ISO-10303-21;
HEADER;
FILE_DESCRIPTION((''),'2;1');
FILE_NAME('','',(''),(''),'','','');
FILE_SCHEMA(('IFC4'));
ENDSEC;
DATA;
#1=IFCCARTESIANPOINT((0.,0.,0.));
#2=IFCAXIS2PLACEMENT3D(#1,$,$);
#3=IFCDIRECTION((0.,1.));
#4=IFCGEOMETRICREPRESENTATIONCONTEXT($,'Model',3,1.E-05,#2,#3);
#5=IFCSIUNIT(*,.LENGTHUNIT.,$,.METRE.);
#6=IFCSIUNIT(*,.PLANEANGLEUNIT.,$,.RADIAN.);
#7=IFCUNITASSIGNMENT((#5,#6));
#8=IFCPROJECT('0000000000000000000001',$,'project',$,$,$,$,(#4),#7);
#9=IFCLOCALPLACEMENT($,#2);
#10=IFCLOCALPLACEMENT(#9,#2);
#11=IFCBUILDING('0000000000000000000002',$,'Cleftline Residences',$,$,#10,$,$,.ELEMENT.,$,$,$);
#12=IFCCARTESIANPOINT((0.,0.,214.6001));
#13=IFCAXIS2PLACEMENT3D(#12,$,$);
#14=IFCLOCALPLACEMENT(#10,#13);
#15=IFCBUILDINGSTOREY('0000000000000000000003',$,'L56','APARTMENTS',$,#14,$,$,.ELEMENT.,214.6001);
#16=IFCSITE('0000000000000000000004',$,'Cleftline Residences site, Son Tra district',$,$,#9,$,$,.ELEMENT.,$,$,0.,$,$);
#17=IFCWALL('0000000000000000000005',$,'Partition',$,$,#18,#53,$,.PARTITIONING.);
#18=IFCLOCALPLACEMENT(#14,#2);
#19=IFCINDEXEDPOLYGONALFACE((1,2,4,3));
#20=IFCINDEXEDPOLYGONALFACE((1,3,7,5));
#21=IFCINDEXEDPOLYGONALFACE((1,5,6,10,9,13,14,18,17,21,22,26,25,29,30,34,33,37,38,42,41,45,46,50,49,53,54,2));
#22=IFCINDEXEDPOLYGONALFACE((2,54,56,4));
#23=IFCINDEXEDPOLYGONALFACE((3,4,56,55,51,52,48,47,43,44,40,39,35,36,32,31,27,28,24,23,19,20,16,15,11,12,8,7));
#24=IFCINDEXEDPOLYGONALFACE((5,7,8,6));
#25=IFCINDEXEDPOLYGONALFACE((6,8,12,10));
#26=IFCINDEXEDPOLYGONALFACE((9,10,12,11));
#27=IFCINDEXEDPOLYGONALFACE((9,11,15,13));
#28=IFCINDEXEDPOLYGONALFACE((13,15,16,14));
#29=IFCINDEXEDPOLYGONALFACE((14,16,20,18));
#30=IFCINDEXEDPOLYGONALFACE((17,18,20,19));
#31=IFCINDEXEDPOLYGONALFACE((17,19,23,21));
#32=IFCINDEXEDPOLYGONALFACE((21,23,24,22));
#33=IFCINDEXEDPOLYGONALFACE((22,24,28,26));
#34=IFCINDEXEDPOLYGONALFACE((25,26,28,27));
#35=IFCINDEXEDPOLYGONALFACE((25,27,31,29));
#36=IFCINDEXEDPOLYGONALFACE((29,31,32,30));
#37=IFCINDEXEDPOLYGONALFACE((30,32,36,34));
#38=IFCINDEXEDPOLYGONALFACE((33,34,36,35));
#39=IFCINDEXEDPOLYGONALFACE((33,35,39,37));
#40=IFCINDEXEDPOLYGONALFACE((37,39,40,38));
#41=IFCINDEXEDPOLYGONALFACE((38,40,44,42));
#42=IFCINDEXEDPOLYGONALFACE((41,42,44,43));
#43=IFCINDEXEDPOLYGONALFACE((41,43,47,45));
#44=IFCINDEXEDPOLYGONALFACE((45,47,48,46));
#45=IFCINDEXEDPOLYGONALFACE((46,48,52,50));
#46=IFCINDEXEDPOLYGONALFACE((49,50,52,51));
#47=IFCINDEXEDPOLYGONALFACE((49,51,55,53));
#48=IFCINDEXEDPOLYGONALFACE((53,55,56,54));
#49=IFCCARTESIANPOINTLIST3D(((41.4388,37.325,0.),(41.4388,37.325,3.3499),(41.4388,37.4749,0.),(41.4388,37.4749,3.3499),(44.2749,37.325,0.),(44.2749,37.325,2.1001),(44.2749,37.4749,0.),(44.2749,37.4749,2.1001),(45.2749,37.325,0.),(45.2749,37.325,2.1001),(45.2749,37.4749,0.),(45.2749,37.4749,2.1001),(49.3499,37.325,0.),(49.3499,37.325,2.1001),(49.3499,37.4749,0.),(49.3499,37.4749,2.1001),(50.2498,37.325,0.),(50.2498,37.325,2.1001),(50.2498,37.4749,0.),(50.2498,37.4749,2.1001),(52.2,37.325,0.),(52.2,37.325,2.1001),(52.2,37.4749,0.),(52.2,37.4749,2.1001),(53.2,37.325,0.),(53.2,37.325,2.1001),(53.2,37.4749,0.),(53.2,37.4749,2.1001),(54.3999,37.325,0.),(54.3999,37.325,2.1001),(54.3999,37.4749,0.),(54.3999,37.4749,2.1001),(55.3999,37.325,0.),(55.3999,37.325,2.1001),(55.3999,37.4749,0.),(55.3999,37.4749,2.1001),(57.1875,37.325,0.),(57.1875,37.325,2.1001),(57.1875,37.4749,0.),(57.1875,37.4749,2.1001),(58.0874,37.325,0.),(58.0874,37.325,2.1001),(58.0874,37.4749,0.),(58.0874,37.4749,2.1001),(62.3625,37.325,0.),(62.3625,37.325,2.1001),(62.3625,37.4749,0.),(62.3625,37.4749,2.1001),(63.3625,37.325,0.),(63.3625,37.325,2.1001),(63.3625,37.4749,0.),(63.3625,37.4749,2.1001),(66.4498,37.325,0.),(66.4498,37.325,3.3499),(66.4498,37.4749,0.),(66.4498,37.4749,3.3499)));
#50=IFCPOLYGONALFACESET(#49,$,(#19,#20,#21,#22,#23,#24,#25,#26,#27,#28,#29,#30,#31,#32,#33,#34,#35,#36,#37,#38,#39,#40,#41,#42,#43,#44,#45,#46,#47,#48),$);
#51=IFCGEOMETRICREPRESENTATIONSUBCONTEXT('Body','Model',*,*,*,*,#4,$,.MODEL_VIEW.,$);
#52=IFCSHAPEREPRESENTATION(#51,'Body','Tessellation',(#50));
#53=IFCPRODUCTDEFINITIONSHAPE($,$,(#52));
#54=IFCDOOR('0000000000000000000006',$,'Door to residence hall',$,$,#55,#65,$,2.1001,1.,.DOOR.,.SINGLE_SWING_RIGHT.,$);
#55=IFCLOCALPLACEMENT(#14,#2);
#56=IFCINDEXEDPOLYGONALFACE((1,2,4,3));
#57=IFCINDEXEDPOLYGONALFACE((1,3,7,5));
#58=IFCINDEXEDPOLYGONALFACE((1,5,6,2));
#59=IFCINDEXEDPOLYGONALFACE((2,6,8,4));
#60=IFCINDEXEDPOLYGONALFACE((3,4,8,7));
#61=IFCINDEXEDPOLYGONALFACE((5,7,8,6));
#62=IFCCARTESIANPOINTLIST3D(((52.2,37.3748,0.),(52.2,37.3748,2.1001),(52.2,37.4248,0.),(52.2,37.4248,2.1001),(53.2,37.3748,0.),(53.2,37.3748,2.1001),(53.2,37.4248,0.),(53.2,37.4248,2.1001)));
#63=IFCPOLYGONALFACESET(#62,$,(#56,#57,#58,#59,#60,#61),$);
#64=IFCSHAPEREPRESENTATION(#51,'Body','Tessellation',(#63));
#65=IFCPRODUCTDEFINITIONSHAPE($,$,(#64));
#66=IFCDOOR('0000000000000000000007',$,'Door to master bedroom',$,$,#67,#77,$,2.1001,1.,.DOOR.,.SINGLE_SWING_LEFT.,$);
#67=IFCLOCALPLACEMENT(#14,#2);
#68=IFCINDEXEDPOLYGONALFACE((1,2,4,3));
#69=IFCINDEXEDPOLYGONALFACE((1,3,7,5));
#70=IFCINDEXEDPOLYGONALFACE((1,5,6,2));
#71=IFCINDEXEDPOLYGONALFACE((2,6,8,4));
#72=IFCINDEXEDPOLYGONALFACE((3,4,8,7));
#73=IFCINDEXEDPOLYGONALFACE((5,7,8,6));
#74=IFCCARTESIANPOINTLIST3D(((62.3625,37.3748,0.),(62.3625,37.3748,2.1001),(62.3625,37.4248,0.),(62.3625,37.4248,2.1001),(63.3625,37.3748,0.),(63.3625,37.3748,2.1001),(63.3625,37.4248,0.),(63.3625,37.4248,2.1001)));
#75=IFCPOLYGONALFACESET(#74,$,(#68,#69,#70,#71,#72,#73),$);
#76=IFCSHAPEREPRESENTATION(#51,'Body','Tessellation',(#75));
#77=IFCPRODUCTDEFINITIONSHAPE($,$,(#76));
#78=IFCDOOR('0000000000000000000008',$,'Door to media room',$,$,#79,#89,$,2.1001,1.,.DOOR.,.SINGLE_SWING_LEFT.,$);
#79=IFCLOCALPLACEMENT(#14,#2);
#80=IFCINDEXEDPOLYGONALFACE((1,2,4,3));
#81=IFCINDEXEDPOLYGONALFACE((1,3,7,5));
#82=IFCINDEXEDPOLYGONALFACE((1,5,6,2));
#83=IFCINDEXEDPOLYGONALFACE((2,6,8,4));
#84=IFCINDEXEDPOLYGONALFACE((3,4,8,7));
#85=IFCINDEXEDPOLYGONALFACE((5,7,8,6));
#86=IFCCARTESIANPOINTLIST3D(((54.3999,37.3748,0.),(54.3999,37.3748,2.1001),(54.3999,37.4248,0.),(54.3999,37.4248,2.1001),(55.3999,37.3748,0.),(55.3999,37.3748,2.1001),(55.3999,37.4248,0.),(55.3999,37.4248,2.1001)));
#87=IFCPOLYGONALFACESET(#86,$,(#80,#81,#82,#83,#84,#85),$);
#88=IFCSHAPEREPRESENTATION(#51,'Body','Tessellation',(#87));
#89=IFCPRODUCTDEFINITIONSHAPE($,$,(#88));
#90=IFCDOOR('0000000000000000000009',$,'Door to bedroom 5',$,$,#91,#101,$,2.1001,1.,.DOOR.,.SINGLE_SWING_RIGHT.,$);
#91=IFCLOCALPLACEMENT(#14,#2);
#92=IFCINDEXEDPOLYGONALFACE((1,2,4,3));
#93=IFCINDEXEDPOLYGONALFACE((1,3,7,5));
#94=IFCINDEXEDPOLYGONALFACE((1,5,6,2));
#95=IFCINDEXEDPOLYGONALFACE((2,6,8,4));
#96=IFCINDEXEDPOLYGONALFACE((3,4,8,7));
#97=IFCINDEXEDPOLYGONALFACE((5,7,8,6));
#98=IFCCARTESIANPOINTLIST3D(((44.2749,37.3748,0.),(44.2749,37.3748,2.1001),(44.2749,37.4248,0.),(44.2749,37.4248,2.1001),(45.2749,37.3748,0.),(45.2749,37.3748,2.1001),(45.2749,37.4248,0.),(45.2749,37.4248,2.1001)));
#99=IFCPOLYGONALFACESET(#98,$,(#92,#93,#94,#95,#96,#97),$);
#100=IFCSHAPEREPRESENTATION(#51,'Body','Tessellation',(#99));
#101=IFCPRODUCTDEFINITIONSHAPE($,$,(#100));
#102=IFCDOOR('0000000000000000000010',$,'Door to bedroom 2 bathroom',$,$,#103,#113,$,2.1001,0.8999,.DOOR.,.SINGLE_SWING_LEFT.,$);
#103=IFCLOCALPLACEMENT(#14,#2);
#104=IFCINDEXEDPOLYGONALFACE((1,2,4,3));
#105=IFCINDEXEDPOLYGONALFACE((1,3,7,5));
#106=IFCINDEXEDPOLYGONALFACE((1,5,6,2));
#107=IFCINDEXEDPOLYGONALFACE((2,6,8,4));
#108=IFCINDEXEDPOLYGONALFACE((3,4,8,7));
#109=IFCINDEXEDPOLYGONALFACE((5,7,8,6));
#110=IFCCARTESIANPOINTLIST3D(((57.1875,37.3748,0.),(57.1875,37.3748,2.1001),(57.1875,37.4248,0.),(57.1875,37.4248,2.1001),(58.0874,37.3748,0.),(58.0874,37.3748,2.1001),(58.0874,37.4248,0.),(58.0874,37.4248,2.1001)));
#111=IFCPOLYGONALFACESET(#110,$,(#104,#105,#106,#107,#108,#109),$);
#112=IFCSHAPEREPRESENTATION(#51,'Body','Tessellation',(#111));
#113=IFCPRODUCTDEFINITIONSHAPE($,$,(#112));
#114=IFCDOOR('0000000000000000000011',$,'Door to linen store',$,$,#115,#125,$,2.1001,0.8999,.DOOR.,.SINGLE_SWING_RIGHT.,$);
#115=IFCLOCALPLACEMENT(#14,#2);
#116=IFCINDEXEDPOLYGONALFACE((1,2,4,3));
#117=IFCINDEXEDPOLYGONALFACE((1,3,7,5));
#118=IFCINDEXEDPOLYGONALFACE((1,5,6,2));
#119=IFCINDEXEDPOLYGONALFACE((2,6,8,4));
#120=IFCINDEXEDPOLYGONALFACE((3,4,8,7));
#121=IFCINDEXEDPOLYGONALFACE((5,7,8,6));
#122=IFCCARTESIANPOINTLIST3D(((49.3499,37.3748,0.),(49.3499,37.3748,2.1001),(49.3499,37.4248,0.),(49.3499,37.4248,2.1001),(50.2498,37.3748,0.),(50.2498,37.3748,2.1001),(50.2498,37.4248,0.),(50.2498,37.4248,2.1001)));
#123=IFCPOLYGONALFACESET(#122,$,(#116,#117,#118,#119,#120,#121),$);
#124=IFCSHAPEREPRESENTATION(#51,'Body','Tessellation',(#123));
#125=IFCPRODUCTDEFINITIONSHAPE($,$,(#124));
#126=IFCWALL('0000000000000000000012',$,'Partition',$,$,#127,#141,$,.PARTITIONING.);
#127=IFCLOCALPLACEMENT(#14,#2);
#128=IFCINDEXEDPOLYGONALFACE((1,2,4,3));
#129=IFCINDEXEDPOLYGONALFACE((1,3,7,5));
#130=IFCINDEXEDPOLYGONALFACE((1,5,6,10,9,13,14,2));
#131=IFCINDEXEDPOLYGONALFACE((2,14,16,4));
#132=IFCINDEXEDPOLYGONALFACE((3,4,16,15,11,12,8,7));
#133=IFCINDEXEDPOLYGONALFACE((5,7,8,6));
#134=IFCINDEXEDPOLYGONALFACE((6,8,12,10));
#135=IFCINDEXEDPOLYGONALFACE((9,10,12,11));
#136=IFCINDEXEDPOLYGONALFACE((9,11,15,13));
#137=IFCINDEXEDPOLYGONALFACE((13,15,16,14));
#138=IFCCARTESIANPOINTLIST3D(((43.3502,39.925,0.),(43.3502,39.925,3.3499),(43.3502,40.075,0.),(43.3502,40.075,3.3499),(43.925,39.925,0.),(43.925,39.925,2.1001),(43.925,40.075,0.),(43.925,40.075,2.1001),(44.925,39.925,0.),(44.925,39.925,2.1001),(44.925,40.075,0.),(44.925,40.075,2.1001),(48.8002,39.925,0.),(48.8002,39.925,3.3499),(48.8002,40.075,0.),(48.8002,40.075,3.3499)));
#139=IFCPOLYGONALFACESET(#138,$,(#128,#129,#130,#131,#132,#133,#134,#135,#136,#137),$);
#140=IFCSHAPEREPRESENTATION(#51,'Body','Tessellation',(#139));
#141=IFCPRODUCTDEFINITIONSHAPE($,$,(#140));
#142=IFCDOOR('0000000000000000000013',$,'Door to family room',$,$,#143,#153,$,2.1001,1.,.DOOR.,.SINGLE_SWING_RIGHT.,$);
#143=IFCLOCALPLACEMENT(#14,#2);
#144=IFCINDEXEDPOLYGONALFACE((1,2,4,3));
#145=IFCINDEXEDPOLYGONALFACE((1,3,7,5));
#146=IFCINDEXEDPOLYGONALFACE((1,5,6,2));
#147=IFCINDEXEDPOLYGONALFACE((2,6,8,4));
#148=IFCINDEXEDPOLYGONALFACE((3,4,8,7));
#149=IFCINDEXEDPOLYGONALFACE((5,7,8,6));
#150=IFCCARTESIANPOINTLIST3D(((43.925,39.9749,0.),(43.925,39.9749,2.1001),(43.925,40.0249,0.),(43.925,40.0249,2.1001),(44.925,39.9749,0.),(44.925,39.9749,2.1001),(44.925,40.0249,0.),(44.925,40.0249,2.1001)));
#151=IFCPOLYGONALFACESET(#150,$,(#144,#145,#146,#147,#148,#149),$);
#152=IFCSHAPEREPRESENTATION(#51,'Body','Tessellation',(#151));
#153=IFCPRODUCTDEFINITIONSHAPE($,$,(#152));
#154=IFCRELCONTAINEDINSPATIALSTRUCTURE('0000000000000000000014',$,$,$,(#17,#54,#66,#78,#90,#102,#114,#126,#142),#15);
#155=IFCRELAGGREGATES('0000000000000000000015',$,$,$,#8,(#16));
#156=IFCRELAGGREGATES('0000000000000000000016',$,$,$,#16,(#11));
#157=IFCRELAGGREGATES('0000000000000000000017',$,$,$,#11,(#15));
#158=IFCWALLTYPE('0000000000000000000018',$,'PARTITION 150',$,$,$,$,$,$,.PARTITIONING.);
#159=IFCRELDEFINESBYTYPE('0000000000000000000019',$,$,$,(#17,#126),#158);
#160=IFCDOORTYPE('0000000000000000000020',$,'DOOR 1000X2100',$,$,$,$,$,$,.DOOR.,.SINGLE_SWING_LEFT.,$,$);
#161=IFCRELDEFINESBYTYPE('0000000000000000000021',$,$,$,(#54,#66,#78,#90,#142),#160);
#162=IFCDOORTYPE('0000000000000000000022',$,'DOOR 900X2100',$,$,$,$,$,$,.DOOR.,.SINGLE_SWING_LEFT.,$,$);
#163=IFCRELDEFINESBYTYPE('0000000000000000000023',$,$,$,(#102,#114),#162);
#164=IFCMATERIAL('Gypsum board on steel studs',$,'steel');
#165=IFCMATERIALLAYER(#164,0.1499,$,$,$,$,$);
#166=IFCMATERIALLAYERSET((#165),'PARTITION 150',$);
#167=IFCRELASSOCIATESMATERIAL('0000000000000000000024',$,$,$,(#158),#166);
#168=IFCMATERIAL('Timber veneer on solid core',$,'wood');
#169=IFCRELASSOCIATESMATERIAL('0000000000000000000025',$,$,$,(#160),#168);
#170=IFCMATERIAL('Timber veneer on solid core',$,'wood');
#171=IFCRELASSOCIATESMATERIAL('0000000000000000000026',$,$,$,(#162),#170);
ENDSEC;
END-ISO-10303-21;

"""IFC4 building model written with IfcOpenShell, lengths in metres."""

from ifc_helpers import new_model, si_unit, direction, frame, frame_2d, origin, place, context, subcontext, project, spatial, rectangle, extrude, material, layer, layer_set, type_object, element, fill, save


model = new_model("IFC4")

# Units and contexts
model_context = context("Model", 3, precision=1e-05, world=origin(), true_north=direction((0.0, 1.0)))
body_context = subcontext(model_context, "Body", "Model", "MODEL_VIEW")
ifc_project = project(units=[si_unit("LENGTHUNIT", "METRE"), si_unit("PLANEANGLEUNIT", "RADIAN")], contexts=[model_context])

# Site, building, storey
site_placement = place(None, origin())
site = spatial("IfcSite", under=ifc_project, at=site_placement, Name="Cleftline Residences site, Son Tra district", CompositionType="ELEMENT", RefElevation=0.0)
building_placement = place(site_placement, origin())
building = spatial("IfcBuilding", under=site, at=building_placement, Name="Cleftline Residences", CompositionType="ELEMENT")
storey_placement = place(building_placement, frame((0.0, 0.0, 214.6001)))
storey = spatial("IfcBuildingStorey", under=building, at=storey_placement, Name="L56", Description="APARTMENTS", CompositionType="ELEMENT", Elevation=214.6001)

# Wall, openings, doors
ifc_material_1 = material(Name="Gypsum board on steel studs", Category="steel")
ifc_layer_1 = layer(ifc_material_1, 0.1499)
ifc_layer_set_1 = layer_set([ifc_layer_1], Name="PARTITION 150")
wall_type = type_object("IfcWallType", Name="PARTITION 150", PredefinedType="PARTITIONING", material=ifc_layer_set_1)
wall_1_placement = place(storey_placement, frame((41.439, 37.3999, 0.0), z_axis=(0.0, 0.0, 1.0), x_axis=(1.0, 0.0, 0.0)))
wall_1 = element("IfcWall", 1, at=wall_1_placement, inside=storey, type_object=wall_type, Name="Partition", PredefinedType="PARTITIONING", context=body_context, shape_type="SweptSolid", body=[
    extrude(rectangle(XDim=25.011, YDim=0.1499, at=frame_2d((12.5054, 0.0))), origin(), (0.0, 0.0, 1.0), 3.3499),
])
opening_1_placement = place(wall_1_placement, frame((10.761, 0.0, 0.0)))
opening_1 = element("IfcOpeningElement", 2, at=opening_1_placement, cuts=wall_1, PredefinedType="OPENING", context=body_context, shape_type="SweptSolid", body=[
    extrude(rectangle(XDim=1.0, YDim=2.1001, at=frame_2d((0.5, 1.05))), frame((0.0, 0.085, 0.0), z_axis=(0.0, -1.0, 0.0), x_axis=(1.0, 0.0, 0.0)), (0.0, 0.0, 1.0), 0.1699),
])
opening_2_placement = place(wall_1_placement, frame((20.9236, 0.0, 0.0)))
opening_2 = element("IfcOpeningElement", 3, at=opening_2_placement, cuts=wall_1, PredefinedType="OPENING", context=body_context, shape_type="SweptSolid", body=[
    extrude(rectangle(XDim=1.0, YDim=2.1001, at=frame_2d((0.5, 1.05))), frame((0.0, 0.085, 0.0), z_axis=(0.0, -1.0, 0.0), x_axis=(1.0, 0.0, 0.0)), (0.0, 0.0, 1.0), 0.1699),
])
opening_3_placement = place(wall_1_placement, frame((15.7485, 0.0, 0.0)))
opening_3 = element("IfcOpeningElement", 4, at=opening_3_placement, cuts=wall_1, PredefinedType="OPENING", context=body_context, shape_type="SweptSolid", body=[
    extrude(rectangle(XDim=0.8999, YDim=2.1001, at=frame_2d((0.45, 1.05))), frame((0.0, 0.085, 0.0), z_axis=(0.0, -1.0, 0.0), x_axis=(1.0, 0.0, 0.0)), (0.0, 0.0, 1.0), 0.1699),
])
opening_4_placement = place(wall_1_placement, frame((12.9609, 0.0, 0.0)))
opening_4 = element("IfcOpeningElement", 5, at=opening_4_placement, cuts=wall_1, PredefinedType="OPENING", context=body_context, shape_type="SweptSolid", body=[
    extrude(rectangle(XDim=1.0, YDim=2.1001, at=frame_2d((0.5, 1.05))), frame((0.0, 0.085, 0.0), z_axis=(0.0, -1.0, 0.0), x_axis=(1.0, 0.0, 0.0)), (0.0, 0.0, 1.0), 0.1699),
])
opening_5_placement = place(wall_1_placement, frame((7.9109, 0.0, 0.0)))
opening_5 = element("IfcOpeningElement", 6, at=opening_5_placement, cuts=wall_1, PredefinedType="OPENING", context=body_context, shape_type="SweptSolid", body=[
    extrude(rectangle(XDim=0.8999, YDim=2.1001, at=frame_2d((0.45, 1.05))), frame((0.0, 0.085, 0.0), z_axis=(0.0, -1.0, 0.0), x_axis=(1.0, 0.0, 0.0)), (0.0, 0.0, 1.0), 0.1699),
])
opening_6_placement = place(wall_1_placement, frame((2.8359, 0.0, 0.0)))
opening_6 = element("IfcOpeningElement", 7, at=opening_6_placement, cuts=wall_1, PredefinedType="OPENING", context=body_context, shape_type="SweptSolid", body=[
    extrude(rectangle(XDim=1.0, YDim=2.1001, at=frame_2d((0.5, 1.05))), frame((0.0, 0.085, 0.0), z_axis=(0.0, -1.0, 0.0), x_axis=(1.0, 0.0, 0.0)), (0.0, 0.0, 1.0), 0.1699),
])
ifc_material_2 = material(Name="Timber veneer on solid core", Category="wood")
door_type_1 = type_object("IfcDoorType", Name="DOOR 1000X2100", OperationType="SINGLE_SWING_LEFT", PredefinedType="DOOR", material=ifc_material_2)
door_1_placement = place(opening_1_placement, origin())
door_1 = element("IfcDoor", 8, at=door_1_placement, inside=storey, type_object=door_type_1, Name="Door to residence hall", OperationType="SINGLE_SWING_RIGHT", OverallHeight=2.1001, OverallWidth=1.0, PredefinedType="DOOR", context=body_context, shape_type="SweptSolid", body=[
    extrude(rectangle(XDim=1.0, YDim=2.1001, at=frame_2d((0.5, 1.05))), frame((0.0, 0.0249, 0.0), z_axis=(0.0, -1.0, 0.0), x_axis=(1.0, 0.0, 0.0)), (0.0, 0.0, 1.0), 0.05),
])
fill(opening_1, door_1)
door_2_placement = place(opening_2_placement, origin())
door_2 = element("IfcDoor", 9, at=door_2_placement, inside=storey, type_object=door_type_1, Name="Door to master bedroom", OperationType="SINGLE_SWING_LEFT", OverallHeight=2.1001, OverallWidth=1.0, PredefinedType="DOOR", context=body_context, shape_type="SweptSolid", body=[
    extrude(rectangle(XDim=1.0, YDim=2.1001, at=frame_2d((0.5, 1.05))), frame((0.0, 0.0249, 0.0), z_axis=(0.0, -1.0, 0.0), x_axis=(1.0, 0.0, 0.0)), (0.0, 0.0, 1.0), 0.05),
])
fill(opening_2, door_2)
door_3_placement = place(opening_4_placement, origin())
door_3 = element("IfcDoor", 10, at=door_3_placement, inside=storey, type_object=door_type_1, Name="Door to media room", OperationType="SINGLE_SWING_LEFT", OverallHeight=2.1001, OverallWidth=1.0, PredefinedType="DOOR", context=body_context, shape_type="SweptSolid", body=[
    extrude(rectangle(XDim=1.0, YDim=2.1001, at=frame_2d((0.5, 1.05))), frame((0.0, 0.0249, 0.0), z_axis=(0.0, -1.0, 0.0), x_axis=(1.0, 0.0, 0.0)), (0.0, 0.0, 1.0), 0.05),
])
fill(opening_4, door_3)
door_4_placement = place(opening_6_placement, origin())
door_4 = element("IfcDoor", 11, at=door_4_placement, inside=storey, type_object=door_type_1, Name="Door to bedroom 5", OperationType="SINGLE_SWING_RIGHT", OverallHeight=2.1001, OverallWidth=1.0, PredefinedType="DOOR", context=body_context, shape_type="SweptSolid", body=[
    extrude(rectangle(XDim=1.0, YDim=2.1001, at=frame_2d((0.5, 1.05))), frame((0.0, 0.0249, 0.0), z_axis=(0.0, -1.0, 0.0), x_axis=(1.0, 0.0, 0.0)), (0.0, 0.0, 1.0), 0.05),
])
fill(opening_6, door_4)
ifc_material_3 = material(Name="Timber veneer on solid core", Category="wood")
door_type_2 = type_object("IfcDoorType", Name="DOOR 900X2100", OperationType="SINGLE_SWING_LEFT", PredefinedType="DOOR", material=ifc_material_3)
door_5_placement = place(opening_3_placement, origin())
door_5 = element("IfcDoor", 12, at=door_5_placement, inside=storey, type_object=door_type_2, Name="Door to bedroom 2 bathroom", OperationType="SINGLE_SWING_LEFT", OverallHeight=2.1001, OverallWidth=0.8999, PredefinedType="DOOR", context=body_context, shape_type="SweptSolid", body=[
    extrude(rectangle(XDim=0.8999, YDim=2.1001, at=frame_2d((0.45, 1.05))), frame((0.0, 0.0249, 0.0), z_axis=(0.0, -1.0, 0.0), x_axis=(1.0, 0.0, 0.0)), (0.0, 0.0, 1.0), 0.05),
])
fill(opening_3, door_5)
door_6_placement = place(opening_5_placement, origin())
door_6 = element("IfcDoor", 13, at=door_6_placement, inside=storey, type_object=door_type_2, Name="Door to linen store", OperationType="SINGLE_SWING_RIGHT", OverallHeight=2.1001, OverallWidth=0.8999, PredefinedType="DOOR", context=body_context, shape_type="SweptSolid", body=[
    extrude(rectangle(XDim=0.8999, YDim=2.1001, at=frame_2d((0.45, 1.05))), frame((0.0, 0.0249, 0.0), z_axis=(0.0, -1.0, 0.0), x_axis=(1.0, 0.0, 0.0)), (0.0, 0.0, 1.0), 0.05),
])
fill(opening_5, door_6)

# Wall, opening, door
wall_2_placement = place(storey_placement, frame((43.3501, 40.0, 0.0), z_axis=(0.0, 0.0, 1.0), x_axis=(1.0, 0.0, 0.0)))
wall_2 = element("IfcWall", 14, at=wall_2_placement, inside=storey, type_object=wall_type, Name="Partition", PredefinedType="PARTITIONING", context=body_context, shape_type="SweptSolid", body=[
    extrude(rectangle(XDim=5.45, YDim=0.1499, at=frame_2d((2.7251, 0.0))), origin(), (0.0, 0.0, 1.0), 3.3499),
])
opening_7_placement = place(wall_2_placement, frame((0.575, 0.0, 0.0)))
opening_7 = element("IfcOpeningElement", 15, at=opening_7_placement, cuts=wall_2, PredefinedType="OPENING", context=body_context, shape_type="SweptSolid", body=[
    extrude(rectangle(XDim=1.0, YDim=2.1001, at=frame_2d((0.5, 1.05))), frame((0.0, 0.085, 0.0), z_axis=(0.0, -1.0, 0.0), x_axis=(1.0, 0.0, 0.0)), (0.0, 0.0, 1.0), 0.1699),
])
door_7_placement = place(opening_7_placement, origin())
door_7 = element("IfcDoor", 16, at=door_7_placement, inside=storey, type_object=door_type_1, Name="Door to family room", OperationType="SINGLE_SWING_RIGHT", OverallHeight=2.1001, OverallWidth=1.0, PredefinedType="DOOR", context=body_context, shape_type="SweptSolid", body=[
    extrude(rectangle(XDim=1.0, YDim=2.1001, at=frame_2d((0.5, 1.05))), frame((0.0, 0.0249, 0.0), z_axis=(0.0, -1.0, 0.0), x_axis=(1.0, 0.0, 0.0)), (0.0, 0.0, 1.0), 0.05),
])
fill(opening_7, door_7)

save(model, "model.ifc")
